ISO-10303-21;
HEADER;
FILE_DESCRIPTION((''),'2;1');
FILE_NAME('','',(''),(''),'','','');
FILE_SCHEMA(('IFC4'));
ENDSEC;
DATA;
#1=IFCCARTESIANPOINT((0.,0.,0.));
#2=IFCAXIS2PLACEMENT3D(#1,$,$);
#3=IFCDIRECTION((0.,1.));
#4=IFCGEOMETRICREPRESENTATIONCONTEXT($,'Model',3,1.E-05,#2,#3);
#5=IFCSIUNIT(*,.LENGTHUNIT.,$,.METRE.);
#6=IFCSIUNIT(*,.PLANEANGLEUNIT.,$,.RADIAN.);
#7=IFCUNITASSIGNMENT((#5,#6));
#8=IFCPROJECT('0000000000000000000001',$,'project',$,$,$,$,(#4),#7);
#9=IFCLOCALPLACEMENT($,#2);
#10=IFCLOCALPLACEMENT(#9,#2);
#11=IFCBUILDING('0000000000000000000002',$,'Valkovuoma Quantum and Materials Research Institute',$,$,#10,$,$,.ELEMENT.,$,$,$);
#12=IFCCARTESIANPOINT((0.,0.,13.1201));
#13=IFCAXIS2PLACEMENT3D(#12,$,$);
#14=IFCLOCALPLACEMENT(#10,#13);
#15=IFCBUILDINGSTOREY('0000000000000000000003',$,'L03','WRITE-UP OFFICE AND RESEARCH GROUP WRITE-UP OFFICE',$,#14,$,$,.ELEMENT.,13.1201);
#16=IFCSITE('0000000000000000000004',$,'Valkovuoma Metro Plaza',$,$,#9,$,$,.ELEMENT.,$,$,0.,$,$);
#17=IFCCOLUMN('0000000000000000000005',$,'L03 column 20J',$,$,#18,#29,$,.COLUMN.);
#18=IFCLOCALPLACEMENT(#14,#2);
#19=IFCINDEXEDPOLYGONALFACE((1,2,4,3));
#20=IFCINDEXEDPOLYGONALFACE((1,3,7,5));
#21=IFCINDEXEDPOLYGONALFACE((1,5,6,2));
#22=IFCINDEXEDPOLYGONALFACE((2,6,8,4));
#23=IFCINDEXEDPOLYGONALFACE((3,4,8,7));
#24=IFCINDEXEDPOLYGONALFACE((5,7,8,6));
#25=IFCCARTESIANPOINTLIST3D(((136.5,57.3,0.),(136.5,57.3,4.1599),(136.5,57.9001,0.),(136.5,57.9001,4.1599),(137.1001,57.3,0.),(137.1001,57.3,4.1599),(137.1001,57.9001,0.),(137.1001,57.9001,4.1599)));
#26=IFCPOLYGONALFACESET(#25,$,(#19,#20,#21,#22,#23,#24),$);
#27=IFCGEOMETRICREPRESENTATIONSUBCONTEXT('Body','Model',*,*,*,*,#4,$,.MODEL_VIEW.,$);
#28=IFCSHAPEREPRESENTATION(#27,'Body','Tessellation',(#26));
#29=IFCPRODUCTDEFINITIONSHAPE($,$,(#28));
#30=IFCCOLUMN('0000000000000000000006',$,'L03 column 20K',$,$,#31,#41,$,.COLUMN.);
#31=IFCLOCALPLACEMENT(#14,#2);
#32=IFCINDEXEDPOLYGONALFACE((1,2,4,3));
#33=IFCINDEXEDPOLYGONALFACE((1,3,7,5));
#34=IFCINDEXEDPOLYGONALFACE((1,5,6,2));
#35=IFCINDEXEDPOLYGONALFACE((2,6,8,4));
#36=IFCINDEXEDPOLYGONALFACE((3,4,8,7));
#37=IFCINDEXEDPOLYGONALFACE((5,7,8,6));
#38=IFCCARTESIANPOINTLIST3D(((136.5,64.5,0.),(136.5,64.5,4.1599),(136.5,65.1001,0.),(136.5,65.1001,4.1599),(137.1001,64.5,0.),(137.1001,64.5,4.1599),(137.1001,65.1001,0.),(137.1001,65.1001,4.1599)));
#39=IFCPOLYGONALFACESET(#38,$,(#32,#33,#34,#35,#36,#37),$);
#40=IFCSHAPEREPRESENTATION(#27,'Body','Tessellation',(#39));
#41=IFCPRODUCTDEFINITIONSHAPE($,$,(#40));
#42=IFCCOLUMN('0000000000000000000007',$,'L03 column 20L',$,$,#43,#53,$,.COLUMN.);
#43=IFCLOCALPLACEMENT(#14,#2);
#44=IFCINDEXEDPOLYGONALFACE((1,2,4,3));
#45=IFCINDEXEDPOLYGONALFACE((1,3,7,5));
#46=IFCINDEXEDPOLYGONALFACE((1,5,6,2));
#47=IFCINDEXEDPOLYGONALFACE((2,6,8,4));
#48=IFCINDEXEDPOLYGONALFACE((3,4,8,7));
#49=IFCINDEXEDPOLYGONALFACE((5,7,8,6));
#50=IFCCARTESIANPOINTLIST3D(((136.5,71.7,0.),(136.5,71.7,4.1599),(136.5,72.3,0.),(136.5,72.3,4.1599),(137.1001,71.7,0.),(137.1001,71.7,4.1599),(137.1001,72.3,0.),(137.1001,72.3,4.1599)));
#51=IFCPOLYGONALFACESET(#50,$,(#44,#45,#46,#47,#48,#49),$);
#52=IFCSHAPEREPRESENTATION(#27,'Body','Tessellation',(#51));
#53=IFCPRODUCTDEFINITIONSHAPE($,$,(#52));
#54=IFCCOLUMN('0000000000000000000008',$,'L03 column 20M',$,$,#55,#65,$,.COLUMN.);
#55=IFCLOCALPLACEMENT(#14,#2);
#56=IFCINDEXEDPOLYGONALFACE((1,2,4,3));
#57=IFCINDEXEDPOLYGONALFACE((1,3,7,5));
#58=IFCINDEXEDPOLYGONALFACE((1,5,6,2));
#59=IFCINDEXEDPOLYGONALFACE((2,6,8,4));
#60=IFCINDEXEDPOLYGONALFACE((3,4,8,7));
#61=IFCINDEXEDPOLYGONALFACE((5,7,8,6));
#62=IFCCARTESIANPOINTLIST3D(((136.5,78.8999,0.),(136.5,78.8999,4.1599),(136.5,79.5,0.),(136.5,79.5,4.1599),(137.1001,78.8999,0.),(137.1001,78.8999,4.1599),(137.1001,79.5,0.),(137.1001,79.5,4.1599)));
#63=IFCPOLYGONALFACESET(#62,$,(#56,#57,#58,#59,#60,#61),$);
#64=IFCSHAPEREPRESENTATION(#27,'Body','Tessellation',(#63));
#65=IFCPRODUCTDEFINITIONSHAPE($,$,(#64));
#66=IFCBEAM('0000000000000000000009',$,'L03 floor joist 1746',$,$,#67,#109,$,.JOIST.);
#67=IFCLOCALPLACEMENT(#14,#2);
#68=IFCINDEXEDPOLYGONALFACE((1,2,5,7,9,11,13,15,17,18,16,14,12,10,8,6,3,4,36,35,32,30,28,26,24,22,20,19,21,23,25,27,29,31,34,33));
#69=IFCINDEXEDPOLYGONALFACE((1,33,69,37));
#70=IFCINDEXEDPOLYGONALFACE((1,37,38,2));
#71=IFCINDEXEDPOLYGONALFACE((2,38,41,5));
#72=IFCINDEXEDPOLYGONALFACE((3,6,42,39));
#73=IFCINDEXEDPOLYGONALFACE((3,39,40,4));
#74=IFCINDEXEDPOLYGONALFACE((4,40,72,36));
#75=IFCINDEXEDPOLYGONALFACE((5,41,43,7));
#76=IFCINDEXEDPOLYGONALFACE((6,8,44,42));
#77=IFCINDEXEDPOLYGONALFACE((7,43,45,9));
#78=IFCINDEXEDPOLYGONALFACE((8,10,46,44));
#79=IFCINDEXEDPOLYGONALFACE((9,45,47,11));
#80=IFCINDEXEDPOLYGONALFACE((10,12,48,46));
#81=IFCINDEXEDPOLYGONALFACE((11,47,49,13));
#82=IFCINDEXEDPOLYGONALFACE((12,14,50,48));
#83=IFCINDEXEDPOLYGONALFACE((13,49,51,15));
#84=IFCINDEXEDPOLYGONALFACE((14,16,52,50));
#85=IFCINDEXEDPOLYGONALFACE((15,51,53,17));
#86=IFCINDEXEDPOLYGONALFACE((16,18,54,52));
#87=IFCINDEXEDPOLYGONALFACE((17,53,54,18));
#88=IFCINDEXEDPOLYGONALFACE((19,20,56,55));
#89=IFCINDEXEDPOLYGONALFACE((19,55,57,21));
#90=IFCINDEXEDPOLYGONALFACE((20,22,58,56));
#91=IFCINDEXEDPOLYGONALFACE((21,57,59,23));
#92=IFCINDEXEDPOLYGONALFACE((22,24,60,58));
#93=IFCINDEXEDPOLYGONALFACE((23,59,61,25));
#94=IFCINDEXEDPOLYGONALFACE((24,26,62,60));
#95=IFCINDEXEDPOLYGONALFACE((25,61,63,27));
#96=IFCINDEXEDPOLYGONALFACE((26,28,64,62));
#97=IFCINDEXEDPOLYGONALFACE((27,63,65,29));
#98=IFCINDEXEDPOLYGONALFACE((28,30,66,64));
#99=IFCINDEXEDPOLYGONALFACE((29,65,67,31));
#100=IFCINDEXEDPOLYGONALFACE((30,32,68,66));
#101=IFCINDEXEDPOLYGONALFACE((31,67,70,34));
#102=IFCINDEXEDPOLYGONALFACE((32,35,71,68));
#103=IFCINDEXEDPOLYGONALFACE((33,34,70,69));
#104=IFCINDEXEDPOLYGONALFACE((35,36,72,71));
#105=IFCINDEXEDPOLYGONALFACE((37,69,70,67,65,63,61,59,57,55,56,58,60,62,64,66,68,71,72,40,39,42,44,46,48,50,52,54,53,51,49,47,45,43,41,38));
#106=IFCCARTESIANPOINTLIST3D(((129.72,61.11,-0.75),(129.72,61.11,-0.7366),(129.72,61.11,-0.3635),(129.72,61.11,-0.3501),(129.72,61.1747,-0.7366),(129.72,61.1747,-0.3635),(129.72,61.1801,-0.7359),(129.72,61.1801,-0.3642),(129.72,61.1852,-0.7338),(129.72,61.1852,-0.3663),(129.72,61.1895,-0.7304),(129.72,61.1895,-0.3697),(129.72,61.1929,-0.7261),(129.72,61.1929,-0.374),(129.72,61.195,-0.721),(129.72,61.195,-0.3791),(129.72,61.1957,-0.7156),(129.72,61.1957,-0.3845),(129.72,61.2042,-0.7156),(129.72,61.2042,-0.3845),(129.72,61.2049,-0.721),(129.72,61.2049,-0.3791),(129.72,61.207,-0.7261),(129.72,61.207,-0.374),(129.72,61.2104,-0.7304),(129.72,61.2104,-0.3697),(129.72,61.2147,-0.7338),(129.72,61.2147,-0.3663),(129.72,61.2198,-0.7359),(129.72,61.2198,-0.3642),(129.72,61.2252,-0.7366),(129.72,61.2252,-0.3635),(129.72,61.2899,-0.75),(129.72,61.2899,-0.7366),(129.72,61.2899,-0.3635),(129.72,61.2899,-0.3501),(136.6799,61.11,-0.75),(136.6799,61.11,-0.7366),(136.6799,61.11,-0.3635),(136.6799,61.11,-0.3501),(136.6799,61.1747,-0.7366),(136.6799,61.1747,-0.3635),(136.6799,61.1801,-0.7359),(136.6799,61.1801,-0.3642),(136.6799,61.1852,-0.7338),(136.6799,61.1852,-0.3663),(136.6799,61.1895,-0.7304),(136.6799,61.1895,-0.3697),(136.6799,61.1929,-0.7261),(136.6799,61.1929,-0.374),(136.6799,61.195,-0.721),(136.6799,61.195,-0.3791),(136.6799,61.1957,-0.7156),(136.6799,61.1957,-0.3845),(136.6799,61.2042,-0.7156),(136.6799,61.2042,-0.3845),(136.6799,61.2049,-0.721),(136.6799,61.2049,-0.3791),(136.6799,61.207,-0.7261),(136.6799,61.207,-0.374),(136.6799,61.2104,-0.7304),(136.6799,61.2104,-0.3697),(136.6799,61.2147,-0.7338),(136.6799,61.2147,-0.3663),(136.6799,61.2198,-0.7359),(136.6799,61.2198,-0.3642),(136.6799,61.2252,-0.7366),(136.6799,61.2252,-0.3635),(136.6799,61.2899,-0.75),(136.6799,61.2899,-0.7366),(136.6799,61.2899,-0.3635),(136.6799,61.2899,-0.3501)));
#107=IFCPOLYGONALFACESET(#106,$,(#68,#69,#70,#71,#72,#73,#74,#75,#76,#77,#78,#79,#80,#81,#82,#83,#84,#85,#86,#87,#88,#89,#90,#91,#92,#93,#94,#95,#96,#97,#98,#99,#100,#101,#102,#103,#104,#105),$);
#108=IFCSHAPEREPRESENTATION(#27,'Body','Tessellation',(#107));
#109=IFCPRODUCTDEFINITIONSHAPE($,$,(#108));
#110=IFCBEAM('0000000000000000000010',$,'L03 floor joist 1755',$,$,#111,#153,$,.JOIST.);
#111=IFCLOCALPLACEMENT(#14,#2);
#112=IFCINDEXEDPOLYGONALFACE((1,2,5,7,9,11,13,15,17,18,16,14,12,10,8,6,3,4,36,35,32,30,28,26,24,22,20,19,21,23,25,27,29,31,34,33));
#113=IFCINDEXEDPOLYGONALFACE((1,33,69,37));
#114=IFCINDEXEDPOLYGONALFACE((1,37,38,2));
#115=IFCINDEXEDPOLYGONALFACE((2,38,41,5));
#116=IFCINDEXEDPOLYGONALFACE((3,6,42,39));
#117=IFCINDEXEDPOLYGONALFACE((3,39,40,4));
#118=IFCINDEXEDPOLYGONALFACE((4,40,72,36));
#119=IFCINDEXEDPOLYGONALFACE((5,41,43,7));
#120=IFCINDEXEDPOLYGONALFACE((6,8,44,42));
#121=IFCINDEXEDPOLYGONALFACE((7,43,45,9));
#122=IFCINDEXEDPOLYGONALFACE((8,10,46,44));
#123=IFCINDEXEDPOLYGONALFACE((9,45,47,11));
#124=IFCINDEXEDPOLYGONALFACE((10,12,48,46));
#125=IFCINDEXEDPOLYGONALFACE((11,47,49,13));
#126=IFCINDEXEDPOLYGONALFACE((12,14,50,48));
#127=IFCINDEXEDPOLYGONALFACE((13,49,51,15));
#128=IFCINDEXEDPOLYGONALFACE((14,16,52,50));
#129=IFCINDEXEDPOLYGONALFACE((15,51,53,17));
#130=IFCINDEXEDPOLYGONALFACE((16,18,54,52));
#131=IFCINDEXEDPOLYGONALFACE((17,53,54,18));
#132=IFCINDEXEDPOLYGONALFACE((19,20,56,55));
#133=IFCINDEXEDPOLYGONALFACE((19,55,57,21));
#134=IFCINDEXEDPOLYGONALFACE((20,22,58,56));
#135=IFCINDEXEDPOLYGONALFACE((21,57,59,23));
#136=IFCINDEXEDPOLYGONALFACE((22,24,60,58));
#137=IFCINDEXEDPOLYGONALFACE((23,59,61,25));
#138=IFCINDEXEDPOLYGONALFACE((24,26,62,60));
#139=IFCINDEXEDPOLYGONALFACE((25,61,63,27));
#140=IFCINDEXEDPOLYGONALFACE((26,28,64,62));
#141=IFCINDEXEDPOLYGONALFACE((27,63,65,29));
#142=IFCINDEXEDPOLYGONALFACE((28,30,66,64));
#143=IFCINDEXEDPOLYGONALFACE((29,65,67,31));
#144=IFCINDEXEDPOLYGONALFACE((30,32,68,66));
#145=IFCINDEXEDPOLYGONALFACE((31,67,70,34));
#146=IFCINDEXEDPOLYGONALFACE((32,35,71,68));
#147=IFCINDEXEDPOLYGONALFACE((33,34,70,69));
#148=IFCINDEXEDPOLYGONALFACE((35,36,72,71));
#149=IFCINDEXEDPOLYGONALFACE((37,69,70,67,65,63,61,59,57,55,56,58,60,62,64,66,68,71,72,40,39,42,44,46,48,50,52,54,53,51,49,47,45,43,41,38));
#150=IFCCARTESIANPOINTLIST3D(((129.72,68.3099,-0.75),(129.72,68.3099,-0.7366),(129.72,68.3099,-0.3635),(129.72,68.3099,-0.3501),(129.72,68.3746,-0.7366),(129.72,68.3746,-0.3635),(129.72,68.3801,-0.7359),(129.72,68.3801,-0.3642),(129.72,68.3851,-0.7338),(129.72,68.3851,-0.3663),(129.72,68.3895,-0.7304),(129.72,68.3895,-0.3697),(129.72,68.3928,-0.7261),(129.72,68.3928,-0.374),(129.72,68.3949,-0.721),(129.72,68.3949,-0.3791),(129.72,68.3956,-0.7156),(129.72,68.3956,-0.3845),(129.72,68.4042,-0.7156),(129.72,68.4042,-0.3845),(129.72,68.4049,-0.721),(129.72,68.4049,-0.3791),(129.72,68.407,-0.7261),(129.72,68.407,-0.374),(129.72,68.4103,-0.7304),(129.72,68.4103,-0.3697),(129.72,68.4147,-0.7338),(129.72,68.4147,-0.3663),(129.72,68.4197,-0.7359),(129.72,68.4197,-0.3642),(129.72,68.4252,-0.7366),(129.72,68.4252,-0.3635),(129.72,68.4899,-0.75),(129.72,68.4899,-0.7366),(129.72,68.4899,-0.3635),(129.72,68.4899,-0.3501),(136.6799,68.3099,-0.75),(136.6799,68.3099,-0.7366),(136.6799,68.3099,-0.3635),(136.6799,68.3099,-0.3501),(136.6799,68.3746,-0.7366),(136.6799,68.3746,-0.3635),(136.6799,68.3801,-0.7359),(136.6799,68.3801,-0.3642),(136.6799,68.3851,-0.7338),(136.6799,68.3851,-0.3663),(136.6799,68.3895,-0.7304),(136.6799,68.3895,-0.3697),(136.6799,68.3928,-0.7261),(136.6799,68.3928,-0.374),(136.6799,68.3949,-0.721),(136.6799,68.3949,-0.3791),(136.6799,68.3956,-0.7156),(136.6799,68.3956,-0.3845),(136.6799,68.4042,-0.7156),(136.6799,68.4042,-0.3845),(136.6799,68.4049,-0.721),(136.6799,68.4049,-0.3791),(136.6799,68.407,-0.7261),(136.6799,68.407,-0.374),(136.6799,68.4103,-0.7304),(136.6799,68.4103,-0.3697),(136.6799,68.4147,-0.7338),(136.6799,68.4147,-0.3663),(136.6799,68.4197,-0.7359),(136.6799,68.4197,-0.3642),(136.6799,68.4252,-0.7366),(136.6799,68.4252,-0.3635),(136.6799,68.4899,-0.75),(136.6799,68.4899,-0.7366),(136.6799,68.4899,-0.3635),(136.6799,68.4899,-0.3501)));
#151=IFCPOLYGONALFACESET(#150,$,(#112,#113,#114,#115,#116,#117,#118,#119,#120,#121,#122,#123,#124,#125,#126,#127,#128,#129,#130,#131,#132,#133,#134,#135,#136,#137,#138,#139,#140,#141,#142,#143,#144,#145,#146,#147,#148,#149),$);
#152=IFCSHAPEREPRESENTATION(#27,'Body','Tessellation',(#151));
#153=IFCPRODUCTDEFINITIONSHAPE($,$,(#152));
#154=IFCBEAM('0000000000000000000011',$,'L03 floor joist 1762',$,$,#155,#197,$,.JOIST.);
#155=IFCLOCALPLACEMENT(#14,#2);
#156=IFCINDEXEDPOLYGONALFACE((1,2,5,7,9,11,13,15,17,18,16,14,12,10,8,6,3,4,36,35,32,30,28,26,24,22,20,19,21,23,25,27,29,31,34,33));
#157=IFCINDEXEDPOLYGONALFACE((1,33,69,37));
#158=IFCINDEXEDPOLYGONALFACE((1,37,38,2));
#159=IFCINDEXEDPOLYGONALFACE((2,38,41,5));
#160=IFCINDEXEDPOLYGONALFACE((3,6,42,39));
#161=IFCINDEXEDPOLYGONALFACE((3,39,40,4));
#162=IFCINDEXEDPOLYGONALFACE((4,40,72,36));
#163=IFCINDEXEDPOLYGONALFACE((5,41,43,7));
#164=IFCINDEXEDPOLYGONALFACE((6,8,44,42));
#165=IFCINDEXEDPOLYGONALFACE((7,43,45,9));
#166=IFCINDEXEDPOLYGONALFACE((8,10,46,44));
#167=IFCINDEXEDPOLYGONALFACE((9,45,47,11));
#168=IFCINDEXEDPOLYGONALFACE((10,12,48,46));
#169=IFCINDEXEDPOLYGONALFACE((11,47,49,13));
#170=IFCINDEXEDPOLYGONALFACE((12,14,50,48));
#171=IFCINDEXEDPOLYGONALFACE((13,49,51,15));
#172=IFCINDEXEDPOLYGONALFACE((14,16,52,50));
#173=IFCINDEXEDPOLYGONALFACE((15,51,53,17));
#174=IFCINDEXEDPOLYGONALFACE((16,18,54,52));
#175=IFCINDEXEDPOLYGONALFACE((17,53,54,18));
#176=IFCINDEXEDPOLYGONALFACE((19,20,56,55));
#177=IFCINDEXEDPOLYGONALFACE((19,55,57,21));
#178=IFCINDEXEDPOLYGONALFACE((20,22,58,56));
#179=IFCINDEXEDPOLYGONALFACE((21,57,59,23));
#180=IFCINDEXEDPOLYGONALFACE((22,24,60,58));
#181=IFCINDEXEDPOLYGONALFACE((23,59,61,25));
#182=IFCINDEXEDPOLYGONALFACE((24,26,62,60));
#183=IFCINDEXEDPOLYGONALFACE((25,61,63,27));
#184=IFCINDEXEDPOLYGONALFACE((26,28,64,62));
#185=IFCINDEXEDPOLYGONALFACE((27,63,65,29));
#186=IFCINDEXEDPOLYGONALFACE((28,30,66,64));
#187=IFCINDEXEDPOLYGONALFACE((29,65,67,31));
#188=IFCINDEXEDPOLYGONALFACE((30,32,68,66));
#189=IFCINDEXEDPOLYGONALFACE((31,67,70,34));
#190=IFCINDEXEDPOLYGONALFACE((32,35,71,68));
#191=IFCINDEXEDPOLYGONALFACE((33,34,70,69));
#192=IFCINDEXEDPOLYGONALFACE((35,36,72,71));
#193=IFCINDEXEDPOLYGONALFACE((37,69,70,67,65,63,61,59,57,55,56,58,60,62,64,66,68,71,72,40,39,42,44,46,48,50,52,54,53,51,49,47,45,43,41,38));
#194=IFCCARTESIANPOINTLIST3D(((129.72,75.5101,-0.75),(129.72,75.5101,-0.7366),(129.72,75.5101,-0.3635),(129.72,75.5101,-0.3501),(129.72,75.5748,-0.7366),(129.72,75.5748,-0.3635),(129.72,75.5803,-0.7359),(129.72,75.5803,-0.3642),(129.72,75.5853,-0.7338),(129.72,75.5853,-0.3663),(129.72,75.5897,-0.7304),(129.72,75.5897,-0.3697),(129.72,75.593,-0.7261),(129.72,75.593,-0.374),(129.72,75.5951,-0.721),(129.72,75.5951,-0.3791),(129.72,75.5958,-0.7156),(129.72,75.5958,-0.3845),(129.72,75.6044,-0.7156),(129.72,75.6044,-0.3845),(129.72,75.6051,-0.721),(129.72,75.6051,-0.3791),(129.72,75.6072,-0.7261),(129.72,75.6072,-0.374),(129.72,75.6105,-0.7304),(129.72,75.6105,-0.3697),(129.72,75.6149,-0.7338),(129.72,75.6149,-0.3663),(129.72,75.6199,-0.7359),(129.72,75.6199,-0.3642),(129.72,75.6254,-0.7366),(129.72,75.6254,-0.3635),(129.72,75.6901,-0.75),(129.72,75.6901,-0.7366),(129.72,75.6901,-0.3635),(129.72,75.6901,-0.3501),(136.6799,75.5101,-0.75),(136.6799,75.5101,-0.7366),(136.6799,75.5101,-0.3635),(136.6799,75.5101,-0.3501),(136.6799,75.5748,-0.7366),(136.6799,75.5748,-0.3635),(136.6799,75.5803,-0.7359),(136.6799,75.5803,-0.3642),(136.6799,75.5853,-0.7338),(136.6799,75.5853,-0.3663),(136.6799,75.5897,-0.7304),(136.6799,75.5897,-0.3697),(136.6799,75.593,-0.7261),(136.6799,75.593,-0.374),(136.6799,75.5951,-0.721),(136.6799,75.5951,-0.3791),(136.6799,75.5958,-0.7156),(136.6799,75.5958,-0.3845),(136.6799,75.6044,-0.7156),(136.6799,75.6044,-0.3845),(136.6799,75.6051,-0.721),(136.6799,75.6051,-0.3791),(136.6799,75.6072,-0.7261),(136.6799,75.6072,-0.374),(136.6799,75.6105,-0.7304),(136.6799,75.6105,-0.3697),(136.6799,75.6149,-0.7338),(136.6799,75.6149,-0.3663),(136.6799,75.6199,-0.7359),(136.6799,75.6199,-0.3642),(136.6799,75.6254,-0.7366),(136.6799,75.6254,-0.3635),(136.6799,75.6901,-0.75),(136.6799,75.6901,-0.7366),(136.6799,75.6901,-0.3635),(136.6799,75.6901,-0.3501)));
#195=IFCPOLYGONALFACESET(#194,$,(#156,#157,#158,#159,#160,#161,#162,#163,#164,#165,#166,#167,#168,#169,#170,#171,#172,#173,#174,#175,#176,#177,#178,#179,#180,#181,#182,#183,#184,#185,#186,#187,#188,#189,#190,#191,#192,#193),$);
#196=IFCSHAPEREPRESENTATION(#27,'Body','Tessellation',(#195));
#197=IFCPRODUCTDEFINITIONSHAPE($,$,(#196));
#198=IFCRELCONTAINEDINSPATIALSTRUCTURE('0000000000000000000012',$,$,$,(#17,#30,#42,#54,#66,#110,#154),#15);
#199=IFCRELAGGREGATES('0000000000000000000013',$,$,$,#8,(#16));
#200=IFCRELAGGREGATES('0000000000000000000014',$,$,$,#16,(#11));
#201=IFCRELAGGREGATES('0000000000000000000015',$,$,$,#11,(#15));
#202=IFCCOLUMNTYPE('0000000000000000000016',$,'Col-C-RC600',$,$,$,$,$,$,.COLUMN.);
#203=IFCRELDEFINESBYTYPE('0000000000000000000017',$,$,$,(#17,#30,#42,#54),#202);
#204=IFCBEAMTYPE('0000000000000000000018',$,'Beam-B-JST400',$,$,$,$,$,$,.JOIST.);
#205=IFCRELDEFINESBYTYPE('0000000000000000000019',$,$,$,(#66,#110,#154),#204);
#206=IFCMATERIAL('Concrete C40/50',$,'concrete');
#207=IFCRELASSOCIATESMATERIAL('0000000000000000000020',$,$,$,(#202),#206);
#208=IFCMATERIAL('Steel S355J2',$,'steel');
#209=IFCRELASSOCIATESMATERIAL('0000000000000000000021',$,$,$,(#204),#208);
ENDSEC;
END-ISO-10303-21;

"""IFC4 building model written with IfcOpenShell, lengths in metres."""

from ifc_helpers import new_model, si_unit, direction, frame, origin, origin_2d, place, context, subcontext, project, spatial, rectangle, i_section, extrude, material, material_profile, profile_set, type_object, element, save


model = new_model("IFC4")

# Units and contexts
model_context = context("Model", 3, precision=1e-05, world=origin(), true_north=direction((0.0, 1.0)))
body_context = subcontext(model_context, "Body", "Model", "MODEL_VIEW")
ifc_project = project(units=[si_unit("LENGTHUNIT", "METRE"), si_unit("PLANEANGLEUNIT", "RADIAN")], contexts=[model_context])

# Site, building, storey
site_placement = place(None, origin())
site = spatial("IfcSite", under=ifc_project, at=site_placement, Name="Valkovuoma Metro Plaza", CompositionType="ELEMENT", RefElevation=0.0)
building_placement = place(site_placement, origin())
building = spatial("IfcBuilding", under=site, at=building_placement, Name="Valkovuoma Quantum and Materials Research Institute", CompositionType="ELEMENT")
storey_placement = place(building_placement, frame((0.0, 0.0, 13.1201)))
storey = spatial("IfcBuildingStorey", under=building, at=storey_placement, Name="L03", Description="WRITE-UP OFFICE AND RESEARCH GROUP WRITE-UP OFFICE", CompositionType="ELEMENT", Elevation=13.1201)

# Columns
ifc_material_1 = material(Name="Concrete C40/50", Category="concrete")
ifc_material_profile_1 = material_profile(ifc_material_1, rectangle(XDim=0.6001, YDim=0.6001, at=origin_2d()), Name="Concrete C40/50")
ifc_profile_set_1 = profile_set([ifc_material_profile_1], Name="Concrete C40/50")
column_type = type_object("IfcColumnType", Name="Col-C-RC600", PredefinedType="COLUMN", material=ifc_profile_set_1)
for number, where, z_axis, x_axis, name in (
    (1, (136.8, 57.6001, 0.0), (0.0, 0.0, 1.0), (1.0, 0.0, 0.0), "L03 column 20J"),
    (2, (136.8, 64.8, 0.0), (0.0, 0.0, 1.0), (1.0, 0.0, 0.0), "L03 column 20K"),
    (3, (136.8, 72.0, 0.0), (0.0, 0.0, 1.0), (1.0, 0.0, 0.0), "L03 column 20L"),
    (4, (136.8, 79.2, 0.0), (0.0, 0.0, 1.0), (1.0, 0.0, 0.0), "L03 column 20M"),
):
    element("IfcColumn", number, at=place(storey_placement, frame(where, z_axis=z_axis, x_axis=x_axis)), inside=storey, type_object=column_type, Name=name, PredefinedType="COLUMN", context=body_context, shape_type="SweptSolid", body=[
        extrude(rectangle(XDim=0.6001, YDim=0.6001, at=origin_2d()), origin(), (0.0, 0.0, 1.0), 4.1599),
    ])

# Beams
ifc_material_2 = material(Name="Steel S355J2", Category="steel")
ifc_material_profile_2 = material_profile(ifc_material_2, i_section(OverallWidth=0.1799, OverallDepth=0.3999, WebThickness=0.0085, FlangeThickness=0.0134, FilletRadius=0.021, at=origin_2d()), Name="Steel S355J2")
ifc_profile_set_2 = profile_set([ifc_material_profile_2], Name="Steel S355J2")
beam_type_1 = type_object("IfcBeamType", Name="Beam-B-JST400", PredefinedType="JOIST", material=ifc_profile_set_2)
for number, where, z_axis, x_axis, name in (
    (5, (129.72, 61.2, -0.55), (1.0, 0.0, 0.0), (0.0, 1.0, 0.0), "L03 floor joist 1746"),
    (6, (129.72, 68.3999, -0.55), (1.0, 0.0, 0.0), (0.0, 1.0, 0.0), "L03 floor joist 1755"),
    (7, (129.72, 75.6001, -0.55), (1.0, 0.0, 0.0), (0.0, 1.0, 0.0), "L03 floor joist 1762"),
):
    element("IfcBeam", number, at=place(storey_placement, frame(where, z_axis=z_axis, x_axis=x_axis)), inside=storey, type_object=beam_type_1, Name=name, PredefinedType="JOIST", context=body_context, shape_type="SweptSolid", body=[
        extrude(i_section(OverallWidth=0.1799, OverallDepth=0.3999, WebThickness=0.0085, FlangeThickness=0.0134, FilletRadius=0.021, at=origin_2d()), origin(), (0.0, 0.0, 1.0), 6.96),
    ])

save(model, "model.ifc")
